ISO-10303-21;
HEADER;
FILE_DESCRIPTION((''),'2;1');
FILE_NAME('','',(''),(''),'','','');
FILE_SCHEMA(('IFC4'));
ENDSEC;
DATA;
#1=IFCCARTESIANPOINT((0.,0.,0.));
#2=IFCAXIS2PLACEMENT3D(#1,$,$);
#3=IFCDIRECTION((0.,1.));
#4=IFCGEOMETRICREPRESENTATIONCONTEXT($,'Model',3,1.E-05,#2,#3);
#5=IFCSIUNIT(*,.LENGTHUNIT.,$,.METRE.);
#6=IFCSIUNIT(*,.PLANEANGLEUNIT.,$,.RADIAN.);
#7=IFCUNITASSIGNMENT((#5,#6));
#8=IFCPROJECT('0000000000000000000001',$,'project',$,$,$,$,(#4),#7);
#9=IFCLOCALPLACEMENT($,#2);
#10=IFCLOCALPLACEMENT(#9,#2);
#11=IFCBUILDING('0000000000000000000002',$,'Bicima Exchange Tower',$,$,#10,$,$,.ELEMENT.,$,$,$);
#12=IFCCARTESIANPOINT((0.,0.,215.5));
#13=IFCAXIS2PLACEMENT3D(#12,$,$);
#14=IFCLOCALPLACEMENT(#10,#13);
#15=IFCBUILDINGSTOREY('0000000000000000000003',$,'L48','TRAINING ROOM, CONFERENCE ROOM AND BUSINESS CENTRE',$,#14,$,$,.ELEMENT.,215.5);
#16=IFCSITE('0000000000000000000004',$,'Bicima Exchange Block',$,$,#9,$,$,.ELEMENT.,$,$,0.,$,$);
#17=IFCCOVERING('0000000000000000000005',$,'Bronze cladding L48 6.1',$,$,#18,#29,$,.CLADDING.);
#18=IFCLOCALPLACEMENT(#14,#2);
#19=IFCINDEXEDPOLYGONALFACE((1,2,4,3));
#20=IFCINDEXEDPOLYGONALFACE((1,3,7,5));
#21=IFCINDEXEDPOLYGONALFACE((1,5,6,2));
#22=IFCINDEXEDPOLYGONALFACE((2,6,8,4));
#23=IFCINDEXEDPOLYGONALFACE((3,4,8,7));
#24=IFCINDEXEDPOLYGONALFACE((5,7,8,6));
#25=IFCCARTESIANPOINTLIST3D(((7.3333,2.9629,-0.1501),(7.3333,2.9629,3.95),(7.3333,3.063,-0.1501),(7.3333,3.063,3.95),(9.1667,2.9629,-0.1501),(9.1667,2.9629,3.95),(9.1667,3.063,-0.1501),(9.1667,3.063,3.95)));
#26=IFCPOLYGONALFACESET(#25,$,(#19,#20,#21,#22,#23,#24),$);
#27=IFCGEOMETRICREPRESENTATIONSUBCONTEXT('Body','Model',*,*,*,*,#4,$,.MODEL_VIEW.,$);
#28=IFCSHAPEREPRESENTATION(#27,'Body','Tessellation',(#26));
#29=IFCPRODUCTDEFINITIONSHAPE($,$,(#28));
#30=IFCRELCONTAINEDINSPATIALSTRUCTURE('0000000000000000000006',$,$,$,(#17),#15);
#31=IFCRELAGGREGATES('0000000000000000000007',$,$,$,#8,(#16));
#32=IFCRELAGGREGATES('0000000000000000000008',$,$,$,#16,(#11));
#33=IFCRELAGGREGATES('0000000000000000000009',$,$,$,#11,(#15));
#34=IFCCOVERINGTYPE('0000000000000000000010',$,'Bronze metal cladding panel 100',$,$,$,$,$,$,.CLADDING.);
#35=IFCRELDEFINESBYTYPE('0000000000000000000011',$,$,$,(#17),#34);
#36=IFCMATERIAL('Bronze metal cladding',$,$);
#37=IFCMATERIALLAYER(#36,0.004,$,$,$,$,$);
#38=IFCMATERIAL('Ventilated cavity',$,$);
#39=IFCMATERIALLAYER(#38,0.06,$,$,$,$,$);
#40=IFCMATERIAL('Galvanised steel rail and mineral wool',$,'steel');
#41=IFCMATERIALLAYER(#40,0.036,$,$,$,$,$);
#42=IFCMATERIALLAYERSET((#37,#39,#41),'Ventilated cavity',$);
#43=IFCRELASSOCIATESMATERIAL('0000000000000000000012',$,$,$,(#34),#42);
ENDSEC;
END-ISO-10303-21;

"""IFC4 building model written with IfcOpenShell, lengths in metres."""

from ifc_helpers import new_model, si_unit, direction, frame, origin, origin_2d, place, context, subcontext, project, spatial, rectangle, extrude, material, layer, layer_set, type_object, element, save


model = new_model("IFC4")

# Units and contexts
model_context = context("Model", 3, precision=1e-05, world=origin(), true_north=direction((0.0, 1.0)))
body_context = subcontext(model_context, "Body", "Model", "MODEL_VIEW")
ifc_project = project(units=[si_unit("LENGTHUNIT", "METRE"), si_unit("PLANEANGLEUNIT", "RADIAN")], contexts=[model_context])

# Site, building, storey
site_placement = place(None, origin())
site = spatial("IfcSite", under=ifc_project, at=site_placement, Name="Bicima Exchange Block", CompositionType="ELEMENT", RefElevation=0.0)
building_placement = place(site_placement, origin())
building = spatial("IfcBuilding", under=site, at=building_placement, Name="Bicima Exchange Tower", CompositionType="ELEMENT")
storey_placement = place(building_placement, frame((0.0, 0.0, 215.5)))
storey = spatial("IfcBuildingStorey", under=building, at=storey_placement, Name="L48", Description="TRAINING ROOM, CONFERENCE ROOM AND BUSINESS CENTRE", CompositionType="ELEMENT", Elevation=215.5)

# Covering
ifc_material_1 = material(Name="Bronze metal cladding")
ifc_layer_1 = layer(ifc_material_1, 0.004)
ifc_material_2 = material(Name="Ventilated cavity")
ifc_layer_2 = layer(ifc_material_2, 0.06)
ifc_material_3 = material(Name="Galvanised steel rail and mineral wool", Category="steel")
ifc_layer_3 = layer(ifc_material_3, 0.036)
ifc_layer_set_1 = layer_set([ifc_layer_1, ifc_layer_2, ifc_layer_3], Name="Ventilated cavity")
covering_type = type_object("IfcCoveringType", Name="Bronze metal cladding panel 100", PredefinedType="CLADDING", material=ifc_layer_set_1)
covering_1_placement = place(storey_placement, frame((8.25, 3.0129, -0.1501), z_axis=(0.0, 0.0, 1.0), x_axis=(-1.0, 0.0, 0.0)))
element("IfcCovering", 1, at=covering_1_placement, inside=storey, type_object=covering_type, Name="Bronze cladding L48 6.1", PredefinedType="CLADDING", context=body_context, shape_type="SweptSolid", body=[
    extrude(rectangle(XDim=1.8335, YDim=0.1001, at=origin_2d()), origin(), (0.0, 0.0, 1.0), 4.1001),
])

save(model, "model.ifc")
